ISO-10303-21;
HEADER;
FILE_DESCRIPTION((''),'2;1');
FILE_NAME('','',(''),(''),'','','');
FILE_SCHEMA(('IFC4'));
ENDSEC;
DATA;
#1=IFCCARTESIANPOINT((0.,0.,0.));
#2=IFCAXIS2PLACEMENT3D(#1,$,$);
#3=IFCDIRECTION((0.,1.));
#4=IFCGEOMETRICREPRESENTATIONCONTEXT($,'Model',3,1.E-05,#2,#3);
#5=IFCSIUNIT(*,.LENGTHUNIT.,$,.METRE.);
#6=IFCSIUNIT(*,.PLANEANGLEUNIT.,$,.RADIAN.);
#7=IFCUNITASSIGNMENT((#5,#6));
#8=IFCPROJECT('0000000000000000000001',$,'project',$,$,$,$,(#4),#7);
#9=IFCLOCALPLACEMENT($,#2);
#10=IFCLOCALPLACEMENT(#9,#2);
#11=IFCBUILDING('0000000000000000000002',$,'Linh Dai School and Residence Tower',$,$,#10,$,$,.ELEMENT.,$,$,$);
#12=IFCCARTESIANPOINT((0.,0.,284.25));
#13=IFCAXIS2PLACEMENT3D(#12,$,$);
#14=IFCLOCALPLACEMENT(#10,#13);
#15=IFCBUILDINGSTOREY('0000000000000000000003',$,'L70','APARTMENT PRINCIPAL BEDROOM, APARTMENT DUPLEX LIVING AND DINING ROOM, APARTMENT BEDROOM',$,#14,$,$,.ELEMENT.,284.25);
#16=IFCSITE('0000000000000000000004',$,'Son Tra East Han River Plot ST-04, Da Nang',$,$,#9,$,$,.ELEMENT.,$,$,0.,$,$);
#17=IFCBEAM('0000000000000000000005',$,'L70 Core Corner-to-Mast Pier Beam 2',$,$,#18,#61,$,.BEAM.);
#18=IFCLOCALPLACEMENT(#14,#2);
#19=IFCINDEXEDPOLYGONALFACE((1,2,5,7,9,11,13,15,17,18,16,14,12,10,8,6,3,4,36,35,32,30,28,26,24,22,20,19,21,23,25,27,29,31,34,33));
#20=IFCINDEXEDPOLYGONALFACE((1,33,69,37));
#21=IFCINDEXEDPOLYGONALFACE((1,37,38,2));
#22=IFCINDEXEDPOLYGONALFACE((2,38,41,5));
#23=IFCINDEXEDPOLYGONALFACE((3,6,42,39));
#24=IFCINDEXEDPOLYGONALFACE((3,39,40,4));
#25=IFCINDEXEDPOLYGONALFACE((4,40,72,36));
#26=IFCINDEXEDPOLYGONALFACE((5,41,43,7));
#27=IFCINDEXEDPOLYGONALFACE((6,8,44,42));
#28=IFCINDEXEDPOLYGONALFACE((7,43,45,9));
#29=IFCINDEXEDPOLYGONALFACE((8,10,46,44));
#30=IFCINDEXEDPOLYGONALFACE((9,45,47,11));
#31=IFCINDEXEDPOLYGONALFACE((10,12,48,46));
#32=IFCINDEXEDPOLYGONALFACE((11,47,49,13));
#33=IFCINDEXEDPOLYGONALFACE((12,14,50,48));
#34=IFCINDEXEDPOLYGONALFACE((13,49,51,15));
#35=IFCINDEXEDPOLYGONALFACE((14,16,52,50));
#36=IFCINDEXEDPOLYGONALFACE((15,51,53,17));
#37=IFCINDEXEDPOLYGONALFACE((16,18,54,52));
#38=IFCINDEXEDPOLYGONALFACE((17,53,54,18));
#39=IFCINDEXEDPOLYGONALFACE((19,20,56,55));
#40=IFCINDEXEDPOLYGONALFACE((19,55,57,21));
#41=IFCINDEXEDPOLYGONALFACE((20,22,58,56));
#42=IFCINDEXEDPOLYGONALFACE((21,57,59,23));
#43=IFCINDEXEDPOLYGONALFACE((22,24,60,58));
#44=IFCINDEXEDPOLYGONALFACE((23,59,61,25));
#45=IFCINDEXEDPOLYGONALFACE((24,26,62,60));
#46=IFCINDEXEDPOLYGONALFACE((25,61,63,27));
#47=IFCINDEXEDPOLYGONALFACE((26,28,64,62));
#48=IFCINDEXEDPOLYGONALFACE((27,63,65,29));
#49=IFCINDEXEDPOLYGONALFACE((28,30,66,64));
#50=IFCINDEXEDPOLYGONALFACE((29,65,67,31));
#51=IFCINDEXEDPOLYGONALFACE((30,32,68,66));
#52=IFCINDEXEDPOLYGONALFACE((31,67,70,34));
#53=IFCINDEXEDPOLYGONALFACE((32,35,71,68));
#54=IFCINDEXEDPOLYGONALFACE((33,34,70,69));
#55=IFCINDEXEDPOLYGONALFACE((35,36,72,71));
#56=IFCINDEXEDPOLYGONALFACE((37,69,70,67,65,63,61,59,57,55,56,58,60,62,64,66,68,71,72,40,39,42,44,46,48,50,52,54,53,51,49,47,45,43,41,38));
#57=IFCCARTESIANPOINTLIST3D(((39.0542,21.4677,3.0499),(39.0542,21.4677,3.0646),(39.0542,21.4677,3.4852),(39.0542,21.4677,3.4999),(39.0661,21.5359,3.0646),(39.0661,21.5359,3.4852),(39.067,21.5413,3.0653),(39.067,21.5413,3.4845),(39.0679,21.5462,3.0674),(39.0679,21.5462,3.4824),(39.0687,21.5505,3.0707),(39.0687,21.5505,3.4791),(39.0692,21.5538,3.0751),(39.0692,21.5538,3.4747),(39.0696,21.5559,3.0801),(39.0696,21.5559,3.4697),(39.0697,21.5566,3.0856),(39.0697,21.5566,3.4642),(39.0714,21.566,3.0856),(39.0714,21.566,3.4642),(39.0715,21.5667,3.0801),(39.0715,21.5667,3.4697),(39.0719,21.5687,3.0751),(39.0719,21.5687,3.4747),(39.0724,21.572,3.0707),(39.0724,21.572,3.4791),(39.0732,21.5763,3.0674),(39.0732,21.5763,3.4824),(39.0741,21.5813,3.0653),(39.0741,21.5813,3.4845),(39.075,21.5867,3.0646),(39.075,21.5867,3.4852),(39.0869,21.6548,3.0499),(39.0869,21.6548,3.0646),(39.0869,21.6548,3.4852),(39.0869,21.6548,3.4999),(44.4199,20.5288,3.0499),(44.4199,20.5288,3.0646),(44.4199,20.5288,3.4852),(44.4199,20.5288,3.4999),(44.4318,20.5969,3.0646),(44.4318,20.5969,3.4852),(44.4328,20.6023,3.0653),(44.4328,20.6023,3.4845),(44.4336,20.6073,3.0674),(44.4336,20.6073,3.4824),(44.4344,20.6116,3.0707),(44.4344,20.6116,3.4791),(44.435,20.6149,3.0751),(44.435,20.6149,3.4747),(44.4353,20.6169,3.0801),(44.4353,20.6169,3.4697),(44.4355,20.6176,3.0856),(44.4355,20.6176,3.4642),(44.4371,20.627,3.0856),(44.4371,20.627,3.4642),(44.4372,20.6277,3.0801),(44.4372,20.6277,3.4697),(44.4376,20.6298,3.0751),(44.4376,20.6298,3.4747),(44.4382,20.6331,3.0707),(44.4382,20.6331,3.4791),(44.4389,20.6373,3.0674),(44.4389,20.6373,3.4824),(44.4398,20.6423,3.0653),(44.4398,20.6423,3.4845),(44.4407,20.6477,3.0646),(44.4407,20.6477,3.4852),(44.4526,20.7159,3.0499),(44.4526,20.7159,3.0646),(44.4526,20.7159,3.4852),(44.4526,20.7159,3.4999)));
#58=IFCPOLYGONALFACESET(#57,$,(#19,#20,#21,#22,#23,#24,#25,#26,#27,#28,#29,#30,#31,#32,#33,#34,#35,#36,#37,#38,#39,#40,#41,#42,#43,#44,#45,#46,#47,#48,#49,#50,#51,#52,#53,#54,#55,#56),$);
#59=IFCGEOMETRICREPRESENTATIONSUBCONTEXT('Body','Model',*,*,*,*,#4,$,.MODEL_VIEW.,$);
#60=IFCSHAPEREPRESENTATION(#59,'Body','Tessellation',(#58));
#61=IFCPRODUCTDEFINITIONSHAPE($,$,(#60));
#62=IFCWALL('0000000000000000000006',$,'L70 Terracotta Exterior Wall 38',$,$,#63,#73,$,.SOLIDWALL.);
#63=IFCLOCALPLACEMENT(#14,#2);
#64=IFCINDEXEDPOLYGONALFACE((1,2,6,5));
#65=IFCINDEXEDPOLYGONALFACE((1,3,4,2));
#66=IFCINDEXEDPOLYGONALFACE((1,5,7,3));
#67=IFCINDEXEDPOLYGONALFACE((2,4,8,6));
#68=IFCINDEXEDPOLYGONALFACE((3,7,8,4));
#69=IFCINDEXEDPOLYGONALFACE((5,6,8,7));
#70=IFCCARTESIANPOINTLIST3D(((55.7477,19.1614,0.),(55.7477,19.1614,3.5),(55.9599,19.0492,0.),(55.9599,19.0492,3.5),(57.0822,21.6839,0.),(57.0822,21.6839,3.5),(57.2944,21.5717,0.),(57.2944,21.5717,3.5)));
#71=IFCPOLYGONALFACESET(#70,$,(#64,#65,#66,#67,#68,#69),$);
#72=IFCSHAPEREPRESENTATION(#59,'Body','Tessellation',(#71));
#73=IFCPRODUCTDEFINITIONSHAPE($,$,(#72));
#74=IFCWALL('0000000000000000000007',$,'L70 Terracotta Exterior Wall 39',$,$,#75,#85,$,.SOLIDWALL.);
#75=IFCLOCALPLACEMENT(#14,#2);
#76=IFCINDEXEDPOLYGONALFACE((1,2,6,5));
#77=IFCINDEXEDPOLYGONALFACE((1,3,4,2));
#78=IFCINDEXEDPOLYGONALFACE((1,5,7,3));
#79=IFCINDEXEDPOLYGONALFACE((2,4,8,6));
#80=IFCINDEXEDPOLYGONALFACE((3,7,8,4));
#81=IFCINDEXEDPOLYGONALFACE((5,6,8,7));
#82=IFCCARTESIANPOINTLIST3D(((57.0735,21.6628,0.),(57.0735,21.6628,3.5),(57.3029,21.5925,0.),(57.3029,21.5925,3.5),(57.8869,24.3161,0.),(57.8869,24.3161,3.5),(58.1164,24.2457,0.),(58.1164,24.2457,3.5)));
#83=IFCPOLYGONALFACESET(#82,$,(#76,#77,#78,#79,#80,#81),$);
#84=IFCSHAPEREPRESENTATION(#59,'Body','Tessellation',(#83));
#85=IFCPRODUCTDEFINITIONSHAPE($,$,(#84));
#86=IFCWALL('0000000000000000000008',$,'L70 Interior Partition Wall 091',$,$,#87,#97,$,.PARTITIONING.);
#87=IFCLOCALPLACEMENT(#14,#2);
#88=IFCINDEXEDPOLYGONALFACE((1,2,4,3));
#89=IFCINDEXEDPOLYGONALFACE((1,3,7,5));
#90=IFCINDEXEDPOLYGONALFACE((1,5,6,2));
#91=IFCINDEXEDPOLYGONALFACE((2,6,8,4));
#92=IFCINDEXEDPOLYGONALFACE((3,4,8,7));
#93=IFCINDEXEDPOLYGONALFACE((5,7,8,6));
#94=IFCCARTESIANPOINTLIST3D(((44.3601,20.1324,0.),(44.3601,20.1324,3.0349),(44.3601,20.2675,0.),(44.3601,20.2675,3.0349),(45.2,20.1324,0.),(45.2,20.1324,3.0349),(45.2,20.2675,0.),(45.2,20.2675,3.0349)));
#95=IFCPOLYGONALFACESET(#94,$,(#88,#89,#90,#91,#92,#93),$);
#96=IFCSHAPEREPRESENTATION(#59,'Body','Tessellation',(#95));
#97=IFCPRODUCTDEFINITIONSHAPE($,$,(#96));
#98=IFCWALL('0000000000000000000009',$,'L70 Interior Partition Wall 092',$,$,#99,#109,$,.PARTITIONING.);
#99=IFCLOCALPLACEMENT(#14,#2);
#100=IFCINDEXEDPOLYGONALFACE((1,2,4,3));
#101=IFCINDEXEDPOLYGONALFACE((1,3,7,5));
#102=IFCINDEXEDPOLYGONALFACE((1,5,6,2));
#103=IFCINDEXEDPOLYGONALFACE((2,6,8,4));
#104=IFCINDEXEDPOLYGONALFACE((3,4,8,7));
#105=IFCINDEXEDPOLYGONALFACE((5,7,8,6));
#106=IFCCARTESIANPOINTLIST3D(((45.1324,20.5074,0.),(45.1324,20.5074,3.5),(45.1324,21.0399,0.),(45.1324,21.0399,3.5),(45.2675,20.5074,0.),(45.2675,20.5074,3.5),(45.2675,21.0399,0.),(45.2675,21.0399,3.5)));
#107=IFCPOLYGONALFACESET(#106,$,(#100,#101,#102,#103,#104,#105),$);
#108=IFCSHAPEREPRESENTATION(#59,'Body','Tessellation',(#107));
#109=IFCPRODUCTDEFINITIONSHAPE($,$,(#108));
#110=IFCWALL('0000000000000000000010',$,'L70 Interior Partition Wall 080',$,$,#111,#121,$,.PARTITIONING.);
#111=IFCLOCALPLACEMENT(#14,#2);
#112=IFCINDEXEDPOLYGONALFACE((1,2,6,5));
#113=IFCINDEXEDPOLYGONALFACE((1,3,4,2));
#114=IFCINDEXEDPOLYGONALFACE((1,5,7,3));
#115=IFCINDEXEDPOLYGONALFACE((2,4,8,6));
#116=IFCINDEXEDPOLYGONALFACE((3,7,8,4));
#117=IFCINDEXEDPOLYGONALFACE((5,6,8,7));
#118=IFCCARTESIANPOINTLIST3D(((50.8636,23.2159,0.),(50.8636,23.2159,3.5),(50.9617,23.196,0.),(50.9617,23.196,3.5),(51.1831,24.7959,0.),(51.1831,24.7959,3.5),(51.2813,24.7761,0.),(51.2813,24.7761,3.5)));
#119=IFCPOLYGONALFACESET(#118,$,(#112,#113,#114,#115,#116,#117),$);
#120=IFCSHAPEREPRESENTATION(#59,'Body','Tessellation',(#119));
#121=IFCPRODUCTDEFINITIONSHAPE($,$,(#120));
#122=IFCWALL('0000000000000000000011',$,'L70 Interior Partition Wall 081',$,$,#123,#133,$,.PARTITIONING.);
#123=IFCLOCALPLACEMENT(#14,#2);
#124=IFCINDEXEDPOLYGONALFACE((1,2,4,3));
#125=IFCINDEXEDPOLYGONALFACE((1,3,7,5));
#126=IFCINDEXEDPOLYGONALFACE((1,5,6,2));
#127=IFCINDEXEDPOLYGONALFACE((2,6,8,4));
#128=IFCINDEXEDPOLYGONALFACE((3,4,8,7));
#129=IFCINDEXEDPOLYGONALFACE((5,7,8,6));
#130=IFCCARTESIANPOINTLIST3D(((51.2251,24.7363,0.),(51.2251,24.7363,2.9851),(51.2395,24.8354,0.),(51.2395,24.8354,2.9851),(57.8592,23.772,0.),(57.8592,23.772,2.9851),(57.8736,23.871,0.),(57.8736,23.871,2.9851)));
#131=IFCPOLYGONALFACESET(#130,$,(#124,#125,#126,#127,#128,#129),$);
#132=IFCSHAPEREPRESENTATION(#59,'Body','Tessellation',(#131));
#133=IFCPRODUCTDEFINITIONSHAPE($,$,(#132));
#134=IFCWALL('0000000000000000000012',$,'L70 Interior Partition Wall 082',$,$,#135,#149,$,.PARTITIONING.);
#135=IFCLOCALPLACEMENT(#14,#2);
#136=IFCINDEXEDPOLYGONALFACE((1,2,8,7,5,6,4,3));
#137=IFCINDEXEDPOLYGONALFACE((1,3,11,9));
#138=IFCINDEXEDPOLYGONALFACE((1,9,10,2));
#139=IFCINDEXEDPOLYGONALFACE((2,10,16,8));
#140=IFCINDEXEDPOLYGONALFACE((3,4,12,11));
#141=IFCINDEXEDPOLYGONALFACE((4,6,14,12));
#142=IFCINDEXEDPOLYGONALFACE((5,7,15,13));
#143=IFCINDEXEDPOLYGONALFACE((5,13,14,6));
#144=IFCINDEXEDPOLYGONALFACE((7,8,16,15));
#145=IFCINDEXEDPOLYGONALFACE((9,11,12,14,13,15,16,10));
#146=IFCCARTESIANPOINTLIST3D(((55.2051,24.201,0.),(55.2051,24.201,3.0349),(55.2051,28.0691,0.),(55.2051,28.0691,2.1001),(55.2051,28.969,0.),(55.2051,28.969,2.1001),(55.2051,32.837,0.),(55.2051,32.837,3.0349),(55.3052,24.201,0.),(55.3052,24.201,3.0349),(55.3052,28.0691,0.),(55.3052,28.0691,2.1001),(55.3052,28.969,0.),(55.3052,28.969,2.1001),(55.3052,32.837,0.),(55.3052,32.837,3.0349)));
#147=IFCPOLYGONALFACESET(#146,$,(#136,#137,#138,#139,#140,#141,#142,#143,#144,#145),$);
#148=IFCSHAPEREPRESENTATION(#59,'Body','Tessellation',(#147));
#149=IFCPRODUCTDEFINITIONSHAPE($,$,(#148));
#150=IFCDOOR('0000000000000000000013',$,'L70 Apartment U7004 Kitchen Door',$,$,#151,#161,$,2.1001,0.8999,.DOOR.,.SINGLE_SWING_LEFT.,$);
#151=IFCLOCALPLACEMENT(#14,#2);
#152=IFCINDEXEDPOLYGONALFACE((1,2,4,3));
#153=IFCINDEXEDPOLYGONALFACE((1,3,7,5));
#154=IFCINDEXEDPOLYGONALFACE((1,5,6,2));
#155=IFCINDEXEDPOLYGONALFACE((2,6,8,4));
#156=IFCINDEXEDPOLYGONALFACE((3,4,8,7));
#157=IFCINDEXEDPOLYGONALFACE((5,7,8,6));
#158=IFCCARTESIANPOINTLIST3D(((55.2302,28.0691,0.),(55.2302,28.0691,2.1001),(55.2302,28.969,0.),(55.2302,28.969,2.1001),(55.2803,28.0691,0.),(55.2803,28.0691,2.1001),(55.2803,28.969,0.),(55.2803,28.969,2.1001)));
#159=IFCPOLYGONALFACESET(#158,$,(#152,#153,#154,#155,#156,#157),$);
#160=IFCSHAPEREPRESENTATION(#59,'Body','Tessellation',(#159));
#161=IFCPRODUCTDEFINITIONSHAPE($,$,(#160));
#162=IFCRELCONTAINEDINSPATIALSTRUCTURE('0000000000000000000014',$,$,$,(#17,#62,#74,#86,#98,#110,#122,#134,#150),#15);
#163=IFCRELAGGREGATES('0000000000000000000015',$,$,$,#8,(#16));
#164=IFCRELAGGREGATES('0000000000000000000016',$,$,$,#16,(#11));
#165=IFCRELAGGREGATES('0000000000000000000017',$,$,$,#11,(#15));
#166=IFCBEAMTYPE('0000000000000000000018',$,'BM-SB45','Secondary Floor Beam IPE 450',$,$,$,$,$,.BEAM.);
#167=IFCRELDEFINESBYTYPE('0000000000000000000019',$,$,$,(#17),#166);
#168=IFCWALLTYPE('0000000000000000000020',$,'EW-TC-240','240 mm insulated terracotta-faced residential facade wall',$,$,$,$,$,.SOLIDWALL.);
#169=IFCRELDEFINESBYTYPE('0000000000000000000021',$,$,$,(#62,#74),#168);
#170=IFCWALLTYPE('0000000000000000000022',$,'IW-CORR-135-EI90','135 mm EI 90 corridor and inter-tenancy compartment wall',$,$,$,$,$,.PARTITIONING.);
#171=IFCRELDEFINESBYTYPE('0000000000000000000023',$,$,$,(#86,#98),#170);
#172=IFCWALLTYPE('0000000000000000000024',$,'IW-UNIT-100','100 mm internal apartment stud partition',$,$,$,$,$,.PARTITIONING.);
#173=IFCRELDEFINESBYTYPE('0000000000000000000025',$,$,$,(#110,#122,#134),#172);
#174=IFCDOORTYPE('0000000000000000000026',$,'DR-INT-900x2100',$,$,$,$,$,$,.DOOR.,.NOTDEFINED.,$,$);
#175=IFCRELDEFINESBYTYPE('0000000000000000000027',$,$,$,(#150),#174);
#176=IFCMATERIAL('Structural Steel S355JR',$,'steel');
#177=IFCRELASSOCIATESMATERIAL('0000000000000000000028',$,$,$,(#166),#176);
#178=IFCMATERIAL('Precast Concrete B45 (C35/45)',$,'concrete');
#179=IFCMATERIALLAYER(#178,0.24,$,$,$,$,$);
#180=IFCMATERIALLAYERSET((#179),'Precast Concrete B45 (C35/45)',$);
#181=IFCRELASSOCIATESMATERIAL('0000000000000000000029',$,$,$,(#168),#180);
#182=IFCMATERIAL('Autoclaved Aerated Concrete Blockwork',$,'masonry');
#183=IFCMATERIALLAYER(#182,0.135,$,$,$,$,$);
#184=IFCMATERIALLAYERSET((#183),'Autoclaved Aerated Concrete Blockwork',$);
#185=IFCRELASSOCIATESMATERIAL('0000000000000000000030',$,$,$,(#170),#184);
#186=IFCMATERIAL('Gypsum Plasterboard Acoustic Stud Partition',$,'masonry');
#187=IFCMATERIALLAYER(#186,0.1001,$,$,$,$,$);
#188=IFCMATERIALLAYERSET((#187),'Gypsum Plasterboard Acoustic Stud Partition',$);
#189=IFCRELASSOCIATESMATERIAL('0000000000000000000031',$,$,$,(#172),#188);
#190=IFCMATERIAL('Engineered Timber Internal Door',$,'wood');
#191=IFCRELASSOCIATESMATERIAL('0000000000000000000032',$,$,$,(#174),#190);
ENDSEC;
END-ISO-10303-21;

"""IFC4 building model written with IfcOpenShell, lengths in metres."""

from ifc_helpers import new_model, si_unit, direction, frame, frame_2d, origin, origin_2d, place, context, subcontext, project, spatial, rectangle, i_section, extrude, source, transform, mapped, material, layer, layer_set, material_profile, profile_set, type_object, element, fill, save


model = new_model("IFC4")

# Units and contexts
model_context = context("Model", 3, precision=1e-05, world=origin(), true_north=direction((0.0, 1.0)))
body_context = subcontext(model_context, "Body", "Model", "MODEL_VIEW")
ifc_project = project(units=[si_unit("LENGTHUNIT", "METRE"), si_unit("PLANEANGLEUNIT", "RADIAN")], contexts=[model_context])

# Site, building, storey
site_placement = place(None, origin())
site = spatial("IfcSite", under=ifc_project, at=site_placement, Name="Son Tra East Han River Plot ST-04, Da Nang", CompositionType="ELEMENT", RefElevation=0.0)
building_placement = place(site_placement, origin())
building = spatial("IfcBuilding", under=site, at=building_placement, Name="Linh Dai School and Residence Tower", CompositionType="ELEMENT")
storey_placement = place(building_placement, frame((0.0, 0.0, 284.25)))
storey = spatial("IfcBuildingStorey", under=building, at=storey_placement, Name="L70", Description="APARTMENT PRINCIPAL BEDROOM, APARTMENT DUPLEX LIVING AND DINING ROOM, APARTMENT BEDROOM", CompositionType="ELEMENT", Elevation=284.25)

# Shared definitions
ifc_material_1 = material(Name="Structural Steel S355JR", Category="steel")

# Beam
ifc_material_profile_1 = material_profile(ifc_material_1, i_section(OverallWidth=0.1899, OverallDepth=0.45, WebThickness=0.0095, FlangeThickness=0.0146, FilletRadius=0.021, at=origin_2d()), Name="IPE 450")
ifc_profile_set_1 = profile_set([ifc_material_profile_1], Name="Structural Steel S355JR")
beam_type_1 = type_object("IfcBeamType", Name="BM-SB45", Description="Secondary Floor Beam IPE 450", PredefinedType="BEAM", material=ifc_profile_set_1)
beam_1_placement = place(storey_placement, frame((44.4363, 20.6223, 3.2749), z_axis=(-0.985032, 0.172374, 0.0), x_axis=(-0.172374, -0.985032, 0.0)))
element("IfcBeam", 1, at=beam_1_placement, inside=storey, type_object=beam_type_1, Name="L70 Core Corner-to-Mast Pier Beam 2", PredefinedType="BEAM", context=body_context, shape_type="SweptSolid", body=[
    extrude(i_section(OverallWidth=0.1899, OverallDepth=0.45, WebThickness=0.0095, FlangeThickness=0.0146, FilletRadius=0.021, at=origin_2d()), origin(), (0.0, 0.0, 1.0), 5.4473),
])

# Walls
ifc_material_2 = material(Name="Precast Concrete B45 (C35/45)", Category="concrete")
ifc_layer_1 = layer(ifc_material_2, 0.24)
ifc_layer_set_1 = layer_set([ifc_layer_1], Name="Precast Concrete B45 (C35/45)")
wall_type_1 = type_object("IfcWallType", Name="EW-TC-240", Description="240 mm insulated terracotta-faced residential facade wall", PredefinedType="SOLIDWALL", material=ifc_layer_set_1)
wall_1_placement = place(storey_placement, frame((57.1882, 21.6277, 0.0), z_axis=(0.0, 0.0, 1.0), x_axis=(-0.467628, -0.883925, 0.0)))
element("IfcWall", 2, at=wall_1_placement, inside=storey, type_object=wall_type_1, Name="L70 Terracotta Exterior Wall 38", PredefinedType="SOLIDWALL", context=body_context, shape_type="SweptSolid", body=[
    extrude(rectangle(XDim=2.8538, YDim=0.24, at=frame_2d((1.4268, 0.0))), origin(), (0.0, 0.0, 1.0), 3.5),
])
wall_2_placement = place(storey_placement, frame((58.0017, 24.281, 0.0), z_axis=(0.0, 0.0, 1.0), x_axis=(-0.293121, -0.956075, 0.0)))
element("IfcWall", 3, at=wall_2_placement, inside=storey, type_object=wall_type_1, Name="L70 Terracotta Exterior Wall 39", PredefinedType="SOLIDWALL", context=body_context, shape_type="SweptSolid", body=[
    extrude(rectangle(XDim=2.7751, YDim=0.24, at=frame_2d((1.3877, 0.0))), origin(), (0.0, 0.0, 1.0), 3.5),
])
ifc_material_3 = material(Name="Autoclaved Aerated Concrete Blockwork", Category="masonry")
ifc_layer_2 = layer(ifc_material_3, 0.135)
ifc_layer_set_2 = layer_set([ifc_layer_2], Name="Autoclaved Aerated Concrete Blockwork")
wall_type_2 = type_object("IfcWallType", Name="IW-CORR-135-EI90", Description="135 mm EI 90 corridor and inter-tenancy compartment wall", PredefinedType="PARTITIONING", material=ifc_layer_set_2)
wall_3_placement = place(storey_placement, frame((44.3601, 20.2, 0.0), z_axis=(0.0, 0.0, 1.0), x_axis=(1.0, 0.0, 0.0)))
element("IfcWall", 4, at=wall_3_placement, inside=storey, type_object=wall_type_2, Name="L70 Interior Partition Wall 091", PredefinedType="PARTITIONING", context=body_context, shape_type="SweptSolid", body=[
    extrude(rectangle(XDim=0.8398, YDim=0.135, at=frame_2d((0.4199, 0.0))), origin(), (0.0, 0.0, 1.0), 3.0349),
])
wall_4_placement = place(storey_placement, frame((45.2, 20.5076, 0.0), z_axis=(0.0, 0.0, 1.0), x_axis=(0.0, 1.0, 0.0)))
element("IfcWall", 5, at=wall_4_placement, inside=storey, type_object=wall_type_2, Name="L70 Interior Partition Wall 092", PredefinedType="PARTITIONING", context=body_context, shape_type="SweptSolid", body=[
    extrude(rectangle(XDim=0.5325, YDim=0.135, at=frame_2d((0.2661, 0.0))), origin(), (0.0, 0.0, 1.0), 3.5),
])
ifc_material_4 = material(Name="Gypsum Plasterboard Acoustic Stud Partition", Category="masonry")
ifc_layer_3 = layer(ifc_material_4, 0.1001)
ifc_layer_set_3 = layer_set([ifc_layer_3], Name="Gypsum Plasterboard Acoustic Stud Partition")
wall_type_3 = type_object("IfcWallType", Name="IW-UNIT-100", Description="100 mm internal apartment stud partition", PredefinedType="PARTITIONING", material=ifc_layer_set_3)
wall_5_placement = place(storey_placement, frame((50.9126, 23.2058, 0.0), z_axis=(0.0, 0.0, 1.0), x_axis=(0.198242, 0.980153, 0.0)))
element("IfcWall", 6, at=wall_5_placement, inside=storey, type_object=wall_type_3, Name="L70 Interior Partition Wall 080", PredefinedType="PARTITIONING", context=body_context, shape_type="SweptSolid", body=[
    extrude(rectangle(XDim=1.6121, YDim=0.1001, at=frame_2d((0.8062, 0.0))), origin(), (0.0, 0.0, 1.0), 3.5),
])
wall_6_placement = place(storey_placement, frame((51.2322, 24.7859, 0.0), z_axis=(0.0, 0.0, 1.0), x_axis=(0.989599, -0.143853, 0.0)))
element("IfcWall", 7, at=wall_6_placement, inside=storey, type_object=wall_type_3, Name="L70 Interior Partition Wall 081", PredefinedType="PARTITIONING", context=body_context, shape_type="SweptSolid", body=[
    extrude(rectangle(XDim=6.7039, YDim=0.1001, at=frame_2d((3.3521, 0.0))), origin(), (0.0, 0.0, 1.0), 2.9851),
])

# Wall, opening, door
wall_7_placement = place(storey_placement, frame((55.2551, 24.2012, 0.0), z_axis=(0.0, 0.0, 1.0), x_axis=(0.0, 1.0, 0.0)))
wall_7 = element("IfcWall", 8, at=wall_7_placement, inside=storey, type_object=wall_type_3, Name="L70 Interior Partition Wall 082", PredefinedType="PARTITIONING", context=body_context, shape_type="SweptSolid", body=[
    extrude(rectangle(XDim=8.636, YDim=0.1001, at=frame_2d((4.3179, 0.0))), origin(), (0.0, 0.0, 1.0), 3.0349),
])
opening_1_placement = place(wall_7_placement, frame((3.8679, 0.0, 0.0)))
opening_1 = element("IfcOpeningElement", 9, at=opening_1_placement, cuts=wall_7, PredefinedType="OPENING", context=body_context, shape_type="SweptSolid", body=[
    extrude(rectangle(XDim=0.8999, YDim=2.1001, at=origin_2d()), frame((0.45, 0.0601, 1.05), z_axis=(0.0, -1.0, 0.0), x_axis=(1.0, 0.0, 0.0)), (0.0, 0.0, 1.0), 0.1201),
])
ifc_material_5 = material(Name="Engineered Timber Internal Door", Category="wood")
door_type_1 = type_object("IfcDoorType", Name="DR-INT-900x2100", OperationType="NOTDEFINED", PredefinedType="DOOR", material=ifc_material_5)
shared_shape_1 = source(origin(), body_context, "Body", "SweptSolid", [
    extrude(rectangle(XDim=0.8999, YDim=2.1001, at=origin_2d()), frame((0.45, 0.0249, 1.05), z_axis=(0.0, -1.0, 0.0), x_axis=(1.0, 0.0, 0.0)), (0.0, 0.0, 1.0), 0.05),
])
door_1_placement = place(opening_1_placement, origin())
door_1 = element("IfcDoor", 10, at=door_1_placement, inside=storey, type_object=door_type_1, Name="L70 Apartment U7004 Kitchen Door", OperationType="SINGLE_SWING_LEFT", OverallHeight=2.1001, OverallWidth=0.8999, PredefinedType="DOOR", context=body_context, shape_type="MappedRepresentation", body=[
    mapped(shared_shape_1, transform((0.0, 0.0, 0.0), x_axis=(1.0, 0.0, 0.0), y_axis=(0.0, 1.0, 0.0), z_axis=(0.0, 0.0, 1.0), scale=1.0)),
])
fill(opening_1, door_1)

save(model, "model.ifc")
